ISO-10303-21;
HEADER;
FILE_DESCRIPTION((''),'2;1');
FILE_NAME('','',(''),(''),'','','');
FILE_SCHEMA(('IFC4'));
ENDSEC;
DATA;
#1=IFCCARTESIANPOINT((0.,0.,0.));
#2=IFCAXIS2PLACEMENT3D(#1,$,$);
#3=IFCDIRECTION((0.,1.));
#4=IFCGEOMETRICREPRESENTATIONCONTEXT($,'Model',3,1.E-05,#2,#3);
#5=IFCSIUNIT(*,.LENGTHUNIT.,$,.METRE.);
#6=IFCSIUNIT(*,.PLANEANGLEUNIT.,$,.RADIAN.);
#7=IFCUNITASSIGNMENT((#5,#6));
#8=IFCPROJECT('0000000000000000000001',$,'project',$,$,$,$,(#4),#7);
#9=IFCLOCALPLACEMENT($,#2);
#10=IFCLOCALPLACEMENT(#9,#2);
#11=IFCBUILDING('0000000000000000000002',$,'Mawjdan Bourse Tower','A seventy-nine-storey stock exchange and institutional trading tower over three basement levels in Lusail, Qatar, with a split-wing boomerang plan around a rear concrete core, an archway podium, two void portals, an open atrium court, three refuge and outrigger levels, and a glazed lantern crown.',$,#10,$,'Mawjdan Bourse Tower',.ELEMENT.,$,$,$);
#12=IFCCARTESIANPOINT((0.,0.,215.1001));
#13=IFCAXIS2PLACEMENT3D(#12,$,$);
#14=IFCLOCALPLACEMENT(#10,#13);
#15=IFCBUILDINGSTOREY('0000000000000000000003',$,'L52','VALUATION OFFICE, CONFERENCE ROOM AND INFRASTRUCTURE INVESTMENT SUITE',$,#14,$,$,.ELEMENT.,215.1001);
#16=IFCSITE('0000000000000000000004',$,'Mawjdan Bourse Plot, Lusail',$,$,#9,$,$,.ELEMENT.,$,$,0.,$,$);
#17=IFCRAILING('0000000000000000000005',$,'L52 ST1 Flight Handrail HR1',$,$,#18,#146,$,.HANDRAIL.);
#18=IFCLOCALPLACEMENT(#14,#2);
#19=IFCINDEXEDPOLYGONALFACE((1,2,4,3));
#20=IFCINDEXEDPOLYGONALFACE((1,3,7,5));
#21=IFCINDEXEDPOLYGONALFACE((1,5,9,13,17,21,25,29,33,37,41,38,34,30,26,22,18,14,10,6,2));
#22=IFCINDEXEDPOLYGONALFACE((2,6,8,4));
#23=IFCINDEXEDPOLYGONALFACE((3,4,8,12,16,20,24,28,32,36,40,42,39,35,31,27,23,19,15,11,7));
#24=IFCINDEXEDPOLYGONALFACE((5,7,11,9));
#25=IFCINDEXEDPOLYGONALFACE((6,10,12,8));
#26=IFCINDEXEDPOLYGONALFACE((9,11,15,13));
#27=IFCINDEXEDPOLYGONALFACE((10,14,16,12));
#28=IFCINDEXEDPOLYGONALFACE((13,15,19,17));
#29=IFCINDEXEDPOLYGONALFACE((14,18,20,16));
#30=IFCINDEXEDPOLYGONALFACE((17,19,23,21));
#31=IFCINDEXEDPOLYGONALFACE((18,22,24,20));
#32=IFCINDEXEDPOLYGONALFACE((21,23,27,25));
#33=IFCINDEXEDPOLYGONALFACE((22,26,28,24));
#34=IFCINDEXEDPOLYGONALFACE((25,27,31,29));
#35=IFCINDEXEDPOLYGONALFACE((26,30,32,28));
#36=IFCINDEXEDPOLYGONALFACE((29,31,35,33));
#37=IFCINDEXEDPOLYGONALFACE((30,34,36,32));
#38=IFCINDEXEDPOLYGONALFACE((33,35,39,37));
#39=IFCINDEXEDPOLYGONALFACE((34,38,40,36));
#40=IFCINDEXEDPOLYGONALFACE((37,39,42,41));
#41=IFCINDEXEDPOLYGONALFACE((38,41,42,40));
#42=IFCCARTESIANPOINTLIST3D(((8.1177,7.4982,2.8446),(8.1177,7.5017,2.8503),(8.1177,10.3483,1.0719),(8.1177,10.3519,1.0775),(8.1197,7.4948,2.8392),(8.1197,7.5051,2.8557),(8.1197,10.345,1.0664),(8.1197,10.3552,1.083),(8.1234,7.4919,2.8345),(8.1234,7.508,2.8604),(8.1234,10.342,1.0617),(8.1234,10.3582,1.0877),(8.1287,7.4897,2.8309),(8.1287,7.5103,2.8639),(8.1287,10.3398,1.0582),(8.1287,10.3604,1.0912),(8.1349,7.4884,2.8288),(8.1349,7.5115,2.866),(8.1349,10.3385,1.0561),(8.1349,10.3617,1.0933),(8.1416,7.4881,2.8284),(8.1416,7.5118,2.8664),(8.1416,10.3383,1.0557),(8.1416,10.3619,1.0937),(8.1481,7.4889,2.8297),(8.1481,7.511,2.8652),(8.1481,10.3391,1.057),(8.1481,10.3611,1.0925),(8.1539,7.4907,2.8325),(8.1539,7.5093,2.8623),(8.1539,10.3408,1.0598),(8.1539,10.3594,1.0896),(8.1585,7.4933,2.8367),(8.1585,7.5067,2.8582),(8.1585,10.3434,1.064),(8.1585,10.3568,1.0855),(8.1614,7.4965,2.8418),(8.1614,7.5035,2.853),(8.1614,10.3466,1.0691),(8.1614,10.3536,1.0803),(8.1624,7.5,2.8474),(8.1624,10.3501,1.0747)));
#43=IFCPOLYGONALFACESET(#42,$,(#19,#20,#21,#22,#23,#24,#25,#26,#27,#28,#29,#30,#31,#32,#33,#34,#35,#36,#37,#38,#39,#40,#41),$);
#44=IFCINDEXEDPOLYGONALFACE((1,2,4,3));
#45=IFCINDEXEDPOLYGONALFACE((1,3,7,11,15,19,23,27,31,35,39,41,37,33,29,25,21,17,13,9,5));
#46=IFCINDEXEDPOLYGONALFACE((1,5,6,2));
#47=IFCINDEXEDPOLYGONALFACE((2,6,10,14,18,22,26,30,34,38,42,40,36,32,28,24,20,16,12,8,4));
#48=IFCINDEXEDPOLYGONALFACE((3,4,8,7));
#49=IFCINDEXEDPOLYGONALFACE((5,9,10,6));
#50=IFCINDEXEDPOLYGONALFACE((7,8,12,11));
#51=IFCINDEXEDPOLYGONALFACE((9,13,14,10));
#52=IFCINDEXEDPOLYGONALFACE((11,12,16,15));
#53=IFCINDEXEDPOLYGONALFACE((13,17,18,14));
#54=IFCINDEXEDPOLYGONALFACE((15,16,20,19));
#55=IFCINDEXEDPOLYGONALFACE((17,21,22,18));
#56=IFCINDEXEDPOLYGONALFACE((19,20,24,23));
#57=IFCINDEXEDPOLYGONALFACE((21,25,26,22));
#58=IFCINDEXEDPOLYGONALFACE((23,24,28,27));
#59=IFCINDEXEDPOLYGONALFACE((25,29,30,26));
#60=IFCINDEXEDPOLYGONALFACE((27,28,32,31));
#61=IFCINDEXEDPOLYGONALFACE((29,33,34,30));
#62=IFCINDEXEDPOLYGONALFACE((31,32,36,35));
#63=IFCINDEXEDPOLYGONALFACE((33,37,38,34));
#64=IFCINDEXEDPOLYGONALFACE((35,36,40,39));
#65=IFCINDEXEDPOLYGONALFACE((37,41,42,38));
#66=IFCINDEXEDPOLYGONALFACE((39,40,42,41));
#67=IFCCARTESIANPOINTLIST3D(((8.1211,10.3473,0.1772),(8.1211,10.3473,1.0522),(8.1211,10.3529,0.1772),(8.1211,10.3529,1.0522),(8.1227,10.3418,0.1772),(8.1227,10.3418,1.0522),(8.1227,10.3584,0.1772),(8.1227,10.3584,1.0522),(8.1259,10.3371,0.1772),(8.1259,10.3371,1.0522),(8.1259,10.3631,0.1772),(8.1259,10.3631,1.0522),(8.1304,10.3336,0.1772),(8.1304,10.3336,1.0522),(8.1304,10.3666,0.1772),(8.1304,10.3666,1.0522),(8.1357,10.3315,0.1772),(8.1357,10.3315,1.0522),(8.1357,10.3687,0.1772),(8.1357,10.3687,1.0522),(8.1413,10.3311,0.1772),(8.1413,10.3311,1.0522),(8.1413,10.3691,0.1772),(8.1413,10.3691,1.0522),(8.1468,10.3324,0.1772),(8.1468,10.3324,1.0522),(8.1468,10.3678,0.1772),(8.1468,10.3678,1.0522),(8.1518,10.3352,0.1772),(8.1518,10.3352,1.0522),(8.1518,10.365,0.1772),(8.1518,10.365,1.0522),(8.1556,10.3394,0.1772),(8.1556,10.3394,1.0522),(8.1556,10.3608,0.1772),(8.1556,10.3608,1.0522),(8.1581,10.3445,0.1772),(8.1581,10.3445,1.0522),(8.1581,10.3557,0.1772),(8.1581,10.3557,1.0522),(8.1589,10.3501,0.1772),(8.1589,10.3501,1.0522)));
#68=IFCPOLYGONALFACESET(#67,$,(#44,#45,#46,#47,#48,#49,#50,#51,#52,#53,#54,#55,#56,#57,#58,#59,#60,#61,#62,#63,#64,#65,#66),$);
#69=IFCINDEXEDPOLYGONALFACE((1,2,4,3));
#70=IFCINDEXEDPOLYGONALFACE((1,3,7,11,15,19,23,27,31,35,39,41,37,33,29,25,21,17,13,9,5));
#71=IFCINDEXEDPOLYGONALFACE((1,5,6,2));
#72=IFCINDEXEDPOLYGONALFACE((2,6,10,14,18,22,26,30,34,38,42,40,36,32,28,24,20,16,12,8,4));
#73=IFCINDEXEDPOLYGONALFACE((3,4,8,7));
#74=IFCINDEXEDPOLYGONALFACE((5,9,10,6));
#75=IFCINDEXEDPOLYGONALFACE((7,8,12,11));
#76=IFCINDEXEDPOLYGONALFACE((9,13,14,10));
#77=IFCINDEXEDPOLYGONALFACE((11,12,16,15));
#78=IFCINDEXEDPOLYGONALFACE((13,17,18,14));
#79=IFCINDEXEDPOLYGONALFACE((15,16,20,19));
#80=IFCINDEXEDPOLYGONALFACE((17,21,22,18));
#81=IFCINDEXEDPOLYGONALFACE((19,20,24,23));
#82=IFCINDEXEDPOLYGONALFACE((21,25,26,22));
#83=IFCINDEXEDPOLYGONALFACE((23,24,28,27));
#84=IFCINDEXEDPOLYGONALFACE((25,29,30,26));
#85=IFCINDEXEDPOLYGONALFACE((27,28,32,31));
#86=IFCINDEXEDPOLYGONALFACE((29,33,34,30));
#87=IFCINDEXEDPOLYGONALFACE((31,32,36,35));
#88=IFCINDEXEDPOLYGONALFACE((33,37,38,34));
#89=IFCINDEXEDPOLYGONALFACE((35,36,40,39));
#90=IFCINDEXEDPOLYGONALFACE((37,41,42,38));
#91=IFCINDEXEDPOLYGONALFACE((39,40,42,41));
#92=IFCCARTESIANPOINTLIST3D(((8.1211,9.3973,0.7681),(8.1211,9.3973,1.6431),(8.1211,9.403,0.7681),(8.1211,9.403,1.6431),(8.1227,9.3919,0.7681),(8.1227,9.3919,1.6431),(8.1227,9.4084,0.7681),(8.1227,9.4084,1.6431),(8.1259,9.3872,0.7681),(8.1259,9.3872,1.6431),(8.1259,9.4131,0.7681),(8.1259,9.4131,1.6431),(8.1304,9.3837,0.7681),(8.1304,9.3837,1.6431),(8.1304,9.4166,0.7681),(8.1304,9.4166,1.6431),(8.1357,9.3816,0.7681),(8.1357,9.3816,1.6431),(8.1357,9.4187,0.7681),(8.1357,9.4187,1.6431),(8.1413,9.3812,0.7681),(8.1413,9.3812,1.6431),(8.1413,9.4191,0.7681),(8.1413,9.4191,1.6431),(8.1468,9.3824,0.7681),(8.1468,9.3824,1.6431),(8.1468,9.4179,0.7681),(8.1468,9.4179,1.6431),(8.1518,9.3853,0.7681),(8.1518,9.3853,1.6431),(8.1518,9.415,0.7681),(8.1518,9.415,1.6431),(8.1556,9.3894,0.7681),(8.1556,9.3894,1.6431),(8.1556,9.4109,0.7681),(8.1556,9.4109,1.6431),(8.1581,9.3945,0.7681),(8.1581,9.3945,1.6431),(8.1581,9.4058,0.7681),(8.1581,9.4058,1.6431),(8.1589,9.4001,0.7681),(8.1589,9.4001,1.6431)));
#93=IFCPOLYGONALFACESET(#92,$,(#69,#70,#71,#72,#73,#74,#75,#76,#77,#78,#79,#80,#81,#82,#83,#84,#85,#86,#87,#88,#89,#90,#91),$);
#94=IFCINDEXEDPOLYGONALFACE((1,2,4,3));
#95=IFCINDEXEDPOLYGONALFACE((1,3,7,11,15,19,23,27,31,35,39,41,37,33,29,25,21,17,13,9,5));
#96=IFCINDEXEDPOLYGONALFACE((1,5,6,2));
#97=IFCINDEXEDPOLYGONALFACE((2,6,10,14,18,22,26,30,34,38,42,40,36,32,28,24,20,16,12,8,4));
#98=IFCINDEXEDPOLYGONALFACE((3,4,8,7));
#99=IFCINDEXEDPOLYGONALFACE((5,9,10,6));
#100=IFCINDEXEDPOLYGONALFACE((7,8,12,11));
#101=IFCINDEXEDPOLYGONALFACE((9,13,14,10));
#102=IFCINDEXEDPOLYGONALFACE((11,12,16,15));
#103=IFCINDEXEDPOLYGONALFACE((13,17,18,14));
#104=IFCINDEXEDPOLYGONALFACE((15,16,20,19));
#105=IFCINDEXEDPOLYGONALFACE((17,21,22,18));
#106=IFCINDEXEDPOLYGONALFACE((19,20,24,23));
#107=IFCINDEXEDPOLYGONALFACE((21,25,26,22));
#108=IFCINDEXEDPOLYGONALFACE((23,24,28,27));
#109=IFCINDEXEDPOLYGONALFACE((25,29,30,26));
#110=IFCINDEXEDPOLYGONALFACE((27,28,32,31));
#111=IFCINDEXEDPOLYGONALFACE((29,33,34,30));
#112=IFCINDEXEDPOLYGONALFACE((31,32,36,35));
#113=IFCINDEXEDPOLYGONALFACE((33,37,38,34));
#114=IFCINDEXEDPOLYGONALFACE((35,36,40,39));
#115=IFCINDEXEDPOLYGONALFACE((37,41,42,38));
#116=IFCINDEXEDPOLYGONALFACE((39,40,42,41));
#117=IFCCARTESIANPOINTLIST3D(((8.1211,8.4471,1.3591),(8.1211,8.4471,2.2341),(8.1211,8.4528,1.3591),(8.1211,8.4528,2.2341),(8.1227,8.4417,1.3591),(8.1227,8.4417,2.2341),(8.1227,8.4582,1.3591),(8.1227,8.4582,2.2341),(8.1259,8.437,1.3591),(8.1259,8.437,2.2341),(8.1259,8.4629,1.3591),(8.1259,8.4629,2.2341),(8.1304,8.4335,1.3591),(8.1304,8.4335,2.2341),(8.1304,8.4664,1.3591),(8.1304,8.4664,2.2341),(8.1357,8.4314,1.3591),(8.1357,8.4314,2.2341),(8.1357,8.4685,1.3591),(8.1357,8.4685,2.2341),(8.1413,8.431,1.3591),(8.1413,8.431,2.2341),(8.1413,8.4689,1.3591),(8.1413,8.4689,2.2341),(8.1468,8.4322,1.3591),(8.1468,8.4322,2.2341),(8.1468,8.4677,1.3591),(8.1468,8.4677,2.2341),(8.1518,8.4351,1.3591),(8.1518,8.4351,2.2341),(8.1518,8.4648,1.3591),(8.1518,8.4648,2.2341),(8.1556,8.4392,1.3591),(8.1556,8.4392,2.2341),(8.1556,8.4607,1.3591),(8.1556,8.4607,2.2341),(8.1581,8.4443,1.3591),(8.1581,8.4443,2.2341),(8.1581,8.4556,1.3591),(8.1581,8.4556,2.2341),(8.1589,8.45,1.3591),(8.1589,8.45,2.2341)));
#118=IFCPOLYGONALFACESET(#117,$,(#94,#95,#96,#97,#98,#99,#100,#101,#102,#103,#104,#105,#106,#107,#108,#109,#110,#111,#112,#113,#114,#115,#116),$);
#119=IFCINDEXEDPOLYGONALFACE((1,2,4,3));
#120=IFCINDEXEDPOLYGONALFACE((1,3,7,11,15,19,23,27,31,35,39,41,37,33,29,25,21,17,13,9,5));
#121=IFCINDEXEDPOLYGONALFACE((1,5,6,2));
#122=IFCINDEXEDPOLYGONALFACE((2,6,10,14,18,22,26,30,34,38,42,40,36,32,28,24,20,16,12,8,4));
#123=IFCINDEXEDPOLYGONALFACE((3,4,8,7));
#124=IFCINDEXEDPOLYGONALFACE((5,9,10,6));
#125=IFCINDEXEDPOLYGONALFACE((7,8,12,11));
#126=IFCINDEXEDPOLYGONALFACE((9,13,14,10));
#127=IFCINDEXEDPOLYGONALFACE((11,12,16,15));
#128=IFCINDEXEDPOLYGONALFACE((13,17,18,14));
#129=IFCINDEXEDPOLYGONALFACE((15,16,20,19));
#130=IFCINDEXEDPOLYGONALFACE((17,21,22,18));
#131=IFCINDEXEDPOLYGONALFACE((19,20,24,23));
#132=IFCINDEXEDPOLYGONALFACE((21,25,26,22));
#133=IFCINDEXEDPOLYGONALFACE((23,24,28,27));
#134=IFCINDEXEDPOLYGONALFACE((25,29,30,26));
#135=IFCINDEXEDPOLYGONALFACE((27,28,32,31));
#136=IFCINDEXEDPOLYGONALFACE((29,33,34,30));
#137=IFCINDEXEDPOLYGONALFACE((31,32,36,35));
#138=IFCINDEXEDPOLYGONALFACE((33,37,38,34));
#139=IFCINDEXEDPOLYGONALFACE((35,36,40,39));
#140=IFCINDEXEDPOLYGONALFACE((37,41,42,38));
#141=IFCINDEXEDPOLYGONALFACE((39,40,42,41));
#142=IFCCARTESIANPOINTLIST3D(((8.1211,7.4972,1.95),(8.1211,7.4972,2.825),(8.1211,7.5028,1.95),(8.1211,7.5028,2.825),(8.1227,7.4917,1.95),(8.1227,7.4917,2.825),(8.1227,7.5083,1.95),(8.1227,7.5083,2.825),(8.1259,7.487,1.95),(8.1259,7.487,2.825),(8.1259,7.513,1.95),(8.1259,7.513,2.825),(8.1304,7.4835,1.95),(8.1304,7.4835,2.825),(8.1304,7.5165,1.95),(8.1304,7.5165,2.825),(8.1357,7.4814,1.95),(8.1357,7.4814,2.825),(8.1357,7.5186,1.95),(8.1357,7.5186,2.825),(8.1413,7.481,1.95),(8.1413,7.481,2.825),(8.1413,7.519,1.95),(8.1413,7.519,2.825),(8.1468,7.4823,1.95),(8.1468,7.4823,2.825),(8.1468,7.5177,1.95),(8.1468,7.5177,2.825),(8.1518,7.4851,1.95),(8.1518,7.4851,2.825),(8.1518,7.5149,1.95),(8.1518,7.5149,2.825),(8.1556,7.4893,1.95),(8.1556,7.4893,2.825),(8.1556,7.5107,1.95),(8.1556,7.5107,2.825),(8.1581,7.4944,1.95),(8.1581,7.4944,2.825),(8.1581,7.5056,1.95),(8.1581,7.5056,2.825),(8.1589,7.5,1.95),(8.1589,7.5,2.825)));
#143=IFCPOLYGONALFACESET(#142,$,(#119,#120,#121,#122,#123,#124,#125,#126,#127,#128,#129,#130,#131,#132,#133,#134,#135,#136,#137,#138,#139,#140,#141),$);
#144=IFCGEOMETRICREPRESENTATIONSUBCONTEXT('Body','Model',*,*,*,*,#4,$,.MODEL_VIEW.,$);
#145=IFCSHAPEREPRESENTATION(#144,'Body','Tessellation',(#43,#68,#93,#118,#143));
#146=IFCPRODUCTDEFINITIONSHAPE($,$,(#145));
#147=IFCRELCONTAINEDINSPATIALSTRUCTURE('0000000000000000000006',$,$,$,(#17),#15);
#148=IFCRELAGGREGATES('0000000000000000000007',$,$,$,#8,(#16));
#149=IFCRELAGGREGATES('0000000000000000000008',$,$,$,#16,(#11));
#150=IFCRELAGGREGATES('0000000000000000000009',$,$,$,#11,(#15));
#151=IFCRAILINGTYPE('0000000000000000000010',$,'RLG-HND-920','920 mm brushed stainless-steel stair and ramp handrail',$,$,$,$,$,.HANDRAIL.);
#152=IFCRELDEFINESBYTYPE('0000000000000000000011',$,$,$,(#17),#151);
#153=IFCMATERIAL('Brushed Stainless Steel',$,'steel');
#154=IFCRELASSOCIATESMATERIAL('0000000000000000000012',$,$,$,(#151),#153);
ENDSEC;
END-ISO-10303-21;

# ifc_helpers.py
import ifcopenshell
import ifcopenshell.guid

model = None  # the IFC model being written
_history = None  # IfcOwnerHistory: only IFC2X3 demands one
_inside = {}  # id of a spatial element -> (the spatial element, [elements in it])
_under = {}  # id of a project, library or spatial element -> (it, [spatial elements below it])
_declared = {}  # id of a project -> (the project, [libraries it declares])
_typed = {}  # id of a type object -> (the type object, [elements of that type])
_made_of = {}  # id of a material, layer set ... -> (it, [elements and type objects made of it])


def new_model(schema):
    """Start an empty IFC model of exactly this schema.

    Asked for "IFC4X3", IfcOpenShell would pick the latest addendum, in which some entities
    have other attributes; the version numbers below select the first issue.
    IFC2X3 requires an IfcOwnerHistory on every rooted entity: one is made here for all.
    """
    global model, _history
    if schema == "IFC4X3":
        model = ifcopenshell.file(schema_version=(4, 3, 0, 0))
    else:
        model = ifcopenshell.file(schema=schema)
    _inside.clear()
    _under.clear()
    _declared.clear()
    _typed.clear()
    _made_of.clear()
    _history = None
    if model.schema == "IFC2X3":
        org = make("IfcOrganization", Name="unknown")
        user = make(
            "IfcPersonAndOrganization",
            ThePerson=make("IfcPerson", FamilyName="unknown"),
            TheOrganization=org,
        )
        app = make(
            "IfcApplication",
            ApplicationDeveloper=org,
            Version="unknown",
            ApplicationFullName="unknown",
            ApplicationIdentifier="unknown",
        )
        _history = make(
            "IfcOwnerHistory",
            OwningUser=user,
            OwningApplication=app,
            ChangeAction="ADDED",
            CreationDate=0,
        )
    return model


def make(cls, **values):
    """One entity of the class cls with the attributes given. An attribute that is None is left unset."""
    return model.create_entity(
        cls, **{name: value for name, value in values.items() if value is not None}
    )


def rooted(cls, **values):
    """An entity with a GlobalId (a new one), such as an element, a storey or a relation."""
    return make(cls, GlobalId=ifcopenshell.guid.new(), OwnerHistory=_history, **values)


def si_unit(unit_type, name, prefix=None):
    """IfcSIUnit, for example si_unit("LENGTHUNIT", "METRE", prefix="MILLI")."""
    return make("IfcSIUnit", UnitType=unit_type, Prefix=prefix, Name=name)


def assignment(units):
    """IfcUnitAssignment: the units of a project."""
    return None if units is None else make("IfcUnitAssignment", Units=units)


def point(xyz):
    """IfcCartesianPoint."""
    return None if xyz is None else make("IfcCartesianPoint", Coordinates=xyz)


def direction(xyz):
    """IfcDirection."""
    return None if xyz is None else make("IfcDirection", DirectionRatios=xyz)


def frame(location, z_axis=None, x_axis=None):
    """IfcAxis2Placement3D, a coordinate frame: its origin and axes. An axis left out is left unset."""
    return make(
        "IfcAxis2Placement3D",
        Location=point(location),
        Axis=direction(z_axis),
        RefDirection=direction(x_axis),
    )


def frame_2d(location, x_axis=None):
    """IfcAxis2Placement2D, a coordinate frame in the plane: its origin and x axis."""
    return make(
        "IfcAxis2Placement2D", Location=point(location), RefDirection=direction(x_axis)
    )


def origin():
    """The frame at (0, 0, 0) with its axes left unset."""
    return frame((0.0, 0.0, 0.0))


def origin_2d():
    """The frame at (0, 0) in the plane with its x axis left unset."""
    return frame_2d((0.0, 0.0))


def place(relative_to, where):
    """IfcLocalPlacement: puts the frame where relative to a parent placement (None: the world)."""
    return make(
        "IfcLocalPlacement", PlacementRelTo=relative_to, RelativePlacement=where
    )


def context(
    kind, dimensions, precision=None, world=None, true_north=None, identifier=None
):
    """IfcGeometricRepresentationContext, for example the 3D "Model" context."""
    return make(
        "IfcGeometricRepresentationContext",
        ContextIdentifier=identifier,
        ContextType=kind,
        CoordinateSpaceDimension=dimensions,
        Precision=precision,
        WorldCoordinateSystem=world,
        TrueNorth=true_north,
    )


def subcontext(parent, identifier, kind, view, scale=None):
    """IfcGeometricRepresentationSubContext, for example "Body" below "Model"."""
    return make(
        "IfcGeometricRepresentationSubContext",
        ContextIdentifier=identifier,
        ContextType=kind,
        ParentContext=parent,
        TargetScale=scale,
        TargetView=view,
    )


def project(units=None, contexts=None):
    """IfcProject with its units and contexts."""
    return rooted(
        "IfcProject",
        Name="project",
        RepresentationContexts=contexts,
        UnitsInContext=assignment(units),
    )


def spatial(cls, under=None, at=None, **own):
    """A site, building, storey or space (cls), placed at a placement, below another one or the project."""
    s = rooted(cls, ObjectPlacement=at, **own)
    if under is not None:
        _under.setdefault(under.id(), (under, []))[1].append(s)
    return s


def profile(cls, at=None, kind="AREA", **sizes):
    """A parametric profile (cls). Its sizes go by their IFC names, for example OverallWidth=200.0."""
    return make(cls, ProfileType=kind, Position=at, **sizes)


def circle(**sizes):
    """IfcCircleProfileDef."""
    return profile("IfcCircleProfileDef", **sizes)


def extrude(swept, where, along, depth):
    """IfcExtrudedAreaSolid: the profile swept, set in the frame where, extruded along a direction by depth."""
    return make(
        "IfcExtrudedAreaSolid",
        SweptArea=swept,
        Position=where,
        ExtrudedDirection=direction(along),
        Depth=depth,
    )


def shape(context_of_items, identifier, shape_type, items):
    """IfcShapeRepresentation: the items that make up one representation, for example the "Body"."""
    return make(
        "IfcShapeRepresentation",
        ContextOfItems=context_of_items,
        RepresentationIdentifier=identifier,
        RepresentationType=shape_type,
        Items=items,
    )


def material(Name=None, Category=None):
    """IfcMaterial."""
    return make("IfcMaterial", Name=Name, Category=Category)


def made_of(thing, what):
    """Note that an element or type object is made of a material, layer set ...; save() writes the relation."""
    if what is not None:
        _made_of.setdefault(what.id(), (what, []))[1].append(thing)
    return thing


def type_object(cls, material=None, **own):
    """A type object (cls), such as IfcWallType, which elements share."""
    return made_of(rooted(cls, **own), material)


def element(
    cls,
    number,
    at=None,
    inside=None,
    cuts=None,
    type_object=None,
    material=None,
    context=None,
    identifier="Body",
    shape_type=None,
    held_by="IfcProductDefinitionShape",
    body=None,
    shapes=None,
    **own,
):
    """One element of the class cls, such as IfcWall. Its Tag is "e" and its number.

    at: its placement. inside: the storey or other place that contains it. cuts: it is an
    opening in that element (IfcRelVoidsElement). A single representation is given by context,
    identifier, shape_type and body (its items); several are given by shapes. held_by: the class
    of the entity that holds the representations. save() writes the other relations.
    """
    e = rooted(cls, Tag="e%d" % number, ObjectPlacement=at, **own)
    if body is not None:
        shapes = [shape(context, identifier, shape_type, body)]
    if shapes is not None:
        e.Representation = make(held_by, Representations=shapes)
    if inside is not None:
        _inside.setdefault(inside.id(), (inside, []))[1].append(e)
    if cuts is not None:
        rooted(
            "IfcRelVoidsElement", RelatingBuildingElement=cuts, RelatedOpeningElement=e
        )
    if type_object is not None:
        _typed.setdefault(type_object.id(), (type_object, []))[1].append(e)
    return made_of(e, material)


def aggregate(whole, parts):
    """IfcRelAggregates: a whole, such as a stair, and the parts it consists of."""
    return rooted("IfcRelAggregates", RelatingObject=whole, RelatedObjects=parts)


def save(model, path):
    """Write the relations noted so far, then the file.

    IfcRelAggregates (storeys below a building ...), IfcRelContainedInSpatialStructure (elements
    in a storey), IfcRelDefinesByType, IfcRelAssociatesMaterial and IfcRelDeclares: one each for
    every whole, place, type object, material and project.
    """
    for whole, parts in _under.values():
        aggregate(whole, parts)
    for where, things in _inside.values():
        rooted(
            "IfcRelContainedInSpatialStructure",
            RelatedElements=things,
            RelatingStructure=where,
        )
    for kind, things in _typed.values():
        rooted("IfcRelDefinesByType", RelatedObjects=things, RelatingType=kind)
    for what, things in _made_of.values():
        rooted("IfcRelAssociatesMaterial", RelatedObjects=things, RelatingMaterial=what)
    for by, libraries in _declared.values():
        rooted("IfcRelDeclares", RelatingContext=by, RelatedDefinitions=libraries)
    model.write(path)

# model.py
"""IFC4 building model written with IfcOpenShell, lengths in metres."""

from ifc_helpers import new_model, si_unit, direction, frame, origin, origin_2d, place, context, subcontext, project, spatial, circle, extrude, material, type_object, element, save


model = new_model("IFC4")

# Units and contexts
model_context = context("Model", 3, precision=1e-05, world=origin(), true_north=direction((0.0, 1.0)))
body_context = subcontext(model_context, "Body", "Model", "MODEL_VIEW")
ifc_project = project(units=[si_unit("LENGTHUNIT", "METRE"), si_unit("PLANEANGLEUNIT", "RADIAN")], contexts=[model_context])

# Site, building, storey
site_placement = place(None, origin())
site = spatial("IfcSite", under=ifc_project, at=site_placement, Name="Mawjdan Bourse Plot, Lusail", CompositionType="ELEMENT", RefElevation=0.0)
building_placement = place(site_placement, origin())
building = spatial("IfcBuilding", under=site, at=building_placement, Name="Mawjdan Bourse Tower", Description="A seventy-nine-storey stock exchange and institutional trading tower over three basement levels in Lusail, Qatar, with a split-wing boomerang plan around a rear concrete core, an archway podium, two void portals, an open atrium court, three refuge and outrigger levels, and a glazed lantern crown.", LongName="Mawjdan Bourse Tower", CompositionType="ELEMENT")
storey_placement = place(building_placement, frame((0.0, 0.0, 215.1001)))
storey = spatial("IfcBuildingStorey", under=building, at=storey_placement, Name="L52", Description="VALUATION OFFICE, CONFERENCE ROOM AND INFRASTRUCTURE INVESTMENT SUITE", CompositionType="ELEMENT", Elevation=215.1001)

# Railing
ifc_material_1 = material(Name="Brushed Stainless Steel", Category="steel")
railing_type_1 = type_object("IfcRailingType", Name="RLG-HND-920", Description="920 mm brushed stainless-steel stair and ramp handrail", PredefinedType="HANDRAIL", material=ifc_material_1)
railing_placement = place(storey_placement, frame((8.1399, 10.3501, 0.1772)))
element("IfcRailing", 1, at=railing_placement, inside=storey, type_object=railing_type_1, Name="L52 ST1 Flight Handrail HR1", PredefinedType="HANDRAIL", context=body_context, shape_type="SweptSolid", body=[
    extrude(circle(Radius=0.0225, at=origin_2d()), frame((0.0, 0.0, 0.8975), z_axis=(0.0, -0.849149, 0.528154), x_axis=(1.0, 0.0, 0.0)), (0.0, 0.0, 1.0), 3.3564),
    extrude(circle(Radius=0.019, at=origin_2d()), origin(), (0.0, 0.0, 1.0), 0.875),
    extrude(circle(Radius=0.019, at=origin_2d()), frame((0.0, -0.95, 0.5908)), (0.0, 0.0, 1.0), 0.875),
    extrude(circle(Radius=0.019, at=origin_2d()), frame((0.0, -1.9001, 1.1819)), (0.0, 0.0, 1.0), 0.875),
    extrude(circle(Radius=0.019, at=origin_2d()), frame((0.0, -2.8501, 1.7727)), (0.0, 0.0, 1.0), 0.875),
])

save(model, "model.ifc")
